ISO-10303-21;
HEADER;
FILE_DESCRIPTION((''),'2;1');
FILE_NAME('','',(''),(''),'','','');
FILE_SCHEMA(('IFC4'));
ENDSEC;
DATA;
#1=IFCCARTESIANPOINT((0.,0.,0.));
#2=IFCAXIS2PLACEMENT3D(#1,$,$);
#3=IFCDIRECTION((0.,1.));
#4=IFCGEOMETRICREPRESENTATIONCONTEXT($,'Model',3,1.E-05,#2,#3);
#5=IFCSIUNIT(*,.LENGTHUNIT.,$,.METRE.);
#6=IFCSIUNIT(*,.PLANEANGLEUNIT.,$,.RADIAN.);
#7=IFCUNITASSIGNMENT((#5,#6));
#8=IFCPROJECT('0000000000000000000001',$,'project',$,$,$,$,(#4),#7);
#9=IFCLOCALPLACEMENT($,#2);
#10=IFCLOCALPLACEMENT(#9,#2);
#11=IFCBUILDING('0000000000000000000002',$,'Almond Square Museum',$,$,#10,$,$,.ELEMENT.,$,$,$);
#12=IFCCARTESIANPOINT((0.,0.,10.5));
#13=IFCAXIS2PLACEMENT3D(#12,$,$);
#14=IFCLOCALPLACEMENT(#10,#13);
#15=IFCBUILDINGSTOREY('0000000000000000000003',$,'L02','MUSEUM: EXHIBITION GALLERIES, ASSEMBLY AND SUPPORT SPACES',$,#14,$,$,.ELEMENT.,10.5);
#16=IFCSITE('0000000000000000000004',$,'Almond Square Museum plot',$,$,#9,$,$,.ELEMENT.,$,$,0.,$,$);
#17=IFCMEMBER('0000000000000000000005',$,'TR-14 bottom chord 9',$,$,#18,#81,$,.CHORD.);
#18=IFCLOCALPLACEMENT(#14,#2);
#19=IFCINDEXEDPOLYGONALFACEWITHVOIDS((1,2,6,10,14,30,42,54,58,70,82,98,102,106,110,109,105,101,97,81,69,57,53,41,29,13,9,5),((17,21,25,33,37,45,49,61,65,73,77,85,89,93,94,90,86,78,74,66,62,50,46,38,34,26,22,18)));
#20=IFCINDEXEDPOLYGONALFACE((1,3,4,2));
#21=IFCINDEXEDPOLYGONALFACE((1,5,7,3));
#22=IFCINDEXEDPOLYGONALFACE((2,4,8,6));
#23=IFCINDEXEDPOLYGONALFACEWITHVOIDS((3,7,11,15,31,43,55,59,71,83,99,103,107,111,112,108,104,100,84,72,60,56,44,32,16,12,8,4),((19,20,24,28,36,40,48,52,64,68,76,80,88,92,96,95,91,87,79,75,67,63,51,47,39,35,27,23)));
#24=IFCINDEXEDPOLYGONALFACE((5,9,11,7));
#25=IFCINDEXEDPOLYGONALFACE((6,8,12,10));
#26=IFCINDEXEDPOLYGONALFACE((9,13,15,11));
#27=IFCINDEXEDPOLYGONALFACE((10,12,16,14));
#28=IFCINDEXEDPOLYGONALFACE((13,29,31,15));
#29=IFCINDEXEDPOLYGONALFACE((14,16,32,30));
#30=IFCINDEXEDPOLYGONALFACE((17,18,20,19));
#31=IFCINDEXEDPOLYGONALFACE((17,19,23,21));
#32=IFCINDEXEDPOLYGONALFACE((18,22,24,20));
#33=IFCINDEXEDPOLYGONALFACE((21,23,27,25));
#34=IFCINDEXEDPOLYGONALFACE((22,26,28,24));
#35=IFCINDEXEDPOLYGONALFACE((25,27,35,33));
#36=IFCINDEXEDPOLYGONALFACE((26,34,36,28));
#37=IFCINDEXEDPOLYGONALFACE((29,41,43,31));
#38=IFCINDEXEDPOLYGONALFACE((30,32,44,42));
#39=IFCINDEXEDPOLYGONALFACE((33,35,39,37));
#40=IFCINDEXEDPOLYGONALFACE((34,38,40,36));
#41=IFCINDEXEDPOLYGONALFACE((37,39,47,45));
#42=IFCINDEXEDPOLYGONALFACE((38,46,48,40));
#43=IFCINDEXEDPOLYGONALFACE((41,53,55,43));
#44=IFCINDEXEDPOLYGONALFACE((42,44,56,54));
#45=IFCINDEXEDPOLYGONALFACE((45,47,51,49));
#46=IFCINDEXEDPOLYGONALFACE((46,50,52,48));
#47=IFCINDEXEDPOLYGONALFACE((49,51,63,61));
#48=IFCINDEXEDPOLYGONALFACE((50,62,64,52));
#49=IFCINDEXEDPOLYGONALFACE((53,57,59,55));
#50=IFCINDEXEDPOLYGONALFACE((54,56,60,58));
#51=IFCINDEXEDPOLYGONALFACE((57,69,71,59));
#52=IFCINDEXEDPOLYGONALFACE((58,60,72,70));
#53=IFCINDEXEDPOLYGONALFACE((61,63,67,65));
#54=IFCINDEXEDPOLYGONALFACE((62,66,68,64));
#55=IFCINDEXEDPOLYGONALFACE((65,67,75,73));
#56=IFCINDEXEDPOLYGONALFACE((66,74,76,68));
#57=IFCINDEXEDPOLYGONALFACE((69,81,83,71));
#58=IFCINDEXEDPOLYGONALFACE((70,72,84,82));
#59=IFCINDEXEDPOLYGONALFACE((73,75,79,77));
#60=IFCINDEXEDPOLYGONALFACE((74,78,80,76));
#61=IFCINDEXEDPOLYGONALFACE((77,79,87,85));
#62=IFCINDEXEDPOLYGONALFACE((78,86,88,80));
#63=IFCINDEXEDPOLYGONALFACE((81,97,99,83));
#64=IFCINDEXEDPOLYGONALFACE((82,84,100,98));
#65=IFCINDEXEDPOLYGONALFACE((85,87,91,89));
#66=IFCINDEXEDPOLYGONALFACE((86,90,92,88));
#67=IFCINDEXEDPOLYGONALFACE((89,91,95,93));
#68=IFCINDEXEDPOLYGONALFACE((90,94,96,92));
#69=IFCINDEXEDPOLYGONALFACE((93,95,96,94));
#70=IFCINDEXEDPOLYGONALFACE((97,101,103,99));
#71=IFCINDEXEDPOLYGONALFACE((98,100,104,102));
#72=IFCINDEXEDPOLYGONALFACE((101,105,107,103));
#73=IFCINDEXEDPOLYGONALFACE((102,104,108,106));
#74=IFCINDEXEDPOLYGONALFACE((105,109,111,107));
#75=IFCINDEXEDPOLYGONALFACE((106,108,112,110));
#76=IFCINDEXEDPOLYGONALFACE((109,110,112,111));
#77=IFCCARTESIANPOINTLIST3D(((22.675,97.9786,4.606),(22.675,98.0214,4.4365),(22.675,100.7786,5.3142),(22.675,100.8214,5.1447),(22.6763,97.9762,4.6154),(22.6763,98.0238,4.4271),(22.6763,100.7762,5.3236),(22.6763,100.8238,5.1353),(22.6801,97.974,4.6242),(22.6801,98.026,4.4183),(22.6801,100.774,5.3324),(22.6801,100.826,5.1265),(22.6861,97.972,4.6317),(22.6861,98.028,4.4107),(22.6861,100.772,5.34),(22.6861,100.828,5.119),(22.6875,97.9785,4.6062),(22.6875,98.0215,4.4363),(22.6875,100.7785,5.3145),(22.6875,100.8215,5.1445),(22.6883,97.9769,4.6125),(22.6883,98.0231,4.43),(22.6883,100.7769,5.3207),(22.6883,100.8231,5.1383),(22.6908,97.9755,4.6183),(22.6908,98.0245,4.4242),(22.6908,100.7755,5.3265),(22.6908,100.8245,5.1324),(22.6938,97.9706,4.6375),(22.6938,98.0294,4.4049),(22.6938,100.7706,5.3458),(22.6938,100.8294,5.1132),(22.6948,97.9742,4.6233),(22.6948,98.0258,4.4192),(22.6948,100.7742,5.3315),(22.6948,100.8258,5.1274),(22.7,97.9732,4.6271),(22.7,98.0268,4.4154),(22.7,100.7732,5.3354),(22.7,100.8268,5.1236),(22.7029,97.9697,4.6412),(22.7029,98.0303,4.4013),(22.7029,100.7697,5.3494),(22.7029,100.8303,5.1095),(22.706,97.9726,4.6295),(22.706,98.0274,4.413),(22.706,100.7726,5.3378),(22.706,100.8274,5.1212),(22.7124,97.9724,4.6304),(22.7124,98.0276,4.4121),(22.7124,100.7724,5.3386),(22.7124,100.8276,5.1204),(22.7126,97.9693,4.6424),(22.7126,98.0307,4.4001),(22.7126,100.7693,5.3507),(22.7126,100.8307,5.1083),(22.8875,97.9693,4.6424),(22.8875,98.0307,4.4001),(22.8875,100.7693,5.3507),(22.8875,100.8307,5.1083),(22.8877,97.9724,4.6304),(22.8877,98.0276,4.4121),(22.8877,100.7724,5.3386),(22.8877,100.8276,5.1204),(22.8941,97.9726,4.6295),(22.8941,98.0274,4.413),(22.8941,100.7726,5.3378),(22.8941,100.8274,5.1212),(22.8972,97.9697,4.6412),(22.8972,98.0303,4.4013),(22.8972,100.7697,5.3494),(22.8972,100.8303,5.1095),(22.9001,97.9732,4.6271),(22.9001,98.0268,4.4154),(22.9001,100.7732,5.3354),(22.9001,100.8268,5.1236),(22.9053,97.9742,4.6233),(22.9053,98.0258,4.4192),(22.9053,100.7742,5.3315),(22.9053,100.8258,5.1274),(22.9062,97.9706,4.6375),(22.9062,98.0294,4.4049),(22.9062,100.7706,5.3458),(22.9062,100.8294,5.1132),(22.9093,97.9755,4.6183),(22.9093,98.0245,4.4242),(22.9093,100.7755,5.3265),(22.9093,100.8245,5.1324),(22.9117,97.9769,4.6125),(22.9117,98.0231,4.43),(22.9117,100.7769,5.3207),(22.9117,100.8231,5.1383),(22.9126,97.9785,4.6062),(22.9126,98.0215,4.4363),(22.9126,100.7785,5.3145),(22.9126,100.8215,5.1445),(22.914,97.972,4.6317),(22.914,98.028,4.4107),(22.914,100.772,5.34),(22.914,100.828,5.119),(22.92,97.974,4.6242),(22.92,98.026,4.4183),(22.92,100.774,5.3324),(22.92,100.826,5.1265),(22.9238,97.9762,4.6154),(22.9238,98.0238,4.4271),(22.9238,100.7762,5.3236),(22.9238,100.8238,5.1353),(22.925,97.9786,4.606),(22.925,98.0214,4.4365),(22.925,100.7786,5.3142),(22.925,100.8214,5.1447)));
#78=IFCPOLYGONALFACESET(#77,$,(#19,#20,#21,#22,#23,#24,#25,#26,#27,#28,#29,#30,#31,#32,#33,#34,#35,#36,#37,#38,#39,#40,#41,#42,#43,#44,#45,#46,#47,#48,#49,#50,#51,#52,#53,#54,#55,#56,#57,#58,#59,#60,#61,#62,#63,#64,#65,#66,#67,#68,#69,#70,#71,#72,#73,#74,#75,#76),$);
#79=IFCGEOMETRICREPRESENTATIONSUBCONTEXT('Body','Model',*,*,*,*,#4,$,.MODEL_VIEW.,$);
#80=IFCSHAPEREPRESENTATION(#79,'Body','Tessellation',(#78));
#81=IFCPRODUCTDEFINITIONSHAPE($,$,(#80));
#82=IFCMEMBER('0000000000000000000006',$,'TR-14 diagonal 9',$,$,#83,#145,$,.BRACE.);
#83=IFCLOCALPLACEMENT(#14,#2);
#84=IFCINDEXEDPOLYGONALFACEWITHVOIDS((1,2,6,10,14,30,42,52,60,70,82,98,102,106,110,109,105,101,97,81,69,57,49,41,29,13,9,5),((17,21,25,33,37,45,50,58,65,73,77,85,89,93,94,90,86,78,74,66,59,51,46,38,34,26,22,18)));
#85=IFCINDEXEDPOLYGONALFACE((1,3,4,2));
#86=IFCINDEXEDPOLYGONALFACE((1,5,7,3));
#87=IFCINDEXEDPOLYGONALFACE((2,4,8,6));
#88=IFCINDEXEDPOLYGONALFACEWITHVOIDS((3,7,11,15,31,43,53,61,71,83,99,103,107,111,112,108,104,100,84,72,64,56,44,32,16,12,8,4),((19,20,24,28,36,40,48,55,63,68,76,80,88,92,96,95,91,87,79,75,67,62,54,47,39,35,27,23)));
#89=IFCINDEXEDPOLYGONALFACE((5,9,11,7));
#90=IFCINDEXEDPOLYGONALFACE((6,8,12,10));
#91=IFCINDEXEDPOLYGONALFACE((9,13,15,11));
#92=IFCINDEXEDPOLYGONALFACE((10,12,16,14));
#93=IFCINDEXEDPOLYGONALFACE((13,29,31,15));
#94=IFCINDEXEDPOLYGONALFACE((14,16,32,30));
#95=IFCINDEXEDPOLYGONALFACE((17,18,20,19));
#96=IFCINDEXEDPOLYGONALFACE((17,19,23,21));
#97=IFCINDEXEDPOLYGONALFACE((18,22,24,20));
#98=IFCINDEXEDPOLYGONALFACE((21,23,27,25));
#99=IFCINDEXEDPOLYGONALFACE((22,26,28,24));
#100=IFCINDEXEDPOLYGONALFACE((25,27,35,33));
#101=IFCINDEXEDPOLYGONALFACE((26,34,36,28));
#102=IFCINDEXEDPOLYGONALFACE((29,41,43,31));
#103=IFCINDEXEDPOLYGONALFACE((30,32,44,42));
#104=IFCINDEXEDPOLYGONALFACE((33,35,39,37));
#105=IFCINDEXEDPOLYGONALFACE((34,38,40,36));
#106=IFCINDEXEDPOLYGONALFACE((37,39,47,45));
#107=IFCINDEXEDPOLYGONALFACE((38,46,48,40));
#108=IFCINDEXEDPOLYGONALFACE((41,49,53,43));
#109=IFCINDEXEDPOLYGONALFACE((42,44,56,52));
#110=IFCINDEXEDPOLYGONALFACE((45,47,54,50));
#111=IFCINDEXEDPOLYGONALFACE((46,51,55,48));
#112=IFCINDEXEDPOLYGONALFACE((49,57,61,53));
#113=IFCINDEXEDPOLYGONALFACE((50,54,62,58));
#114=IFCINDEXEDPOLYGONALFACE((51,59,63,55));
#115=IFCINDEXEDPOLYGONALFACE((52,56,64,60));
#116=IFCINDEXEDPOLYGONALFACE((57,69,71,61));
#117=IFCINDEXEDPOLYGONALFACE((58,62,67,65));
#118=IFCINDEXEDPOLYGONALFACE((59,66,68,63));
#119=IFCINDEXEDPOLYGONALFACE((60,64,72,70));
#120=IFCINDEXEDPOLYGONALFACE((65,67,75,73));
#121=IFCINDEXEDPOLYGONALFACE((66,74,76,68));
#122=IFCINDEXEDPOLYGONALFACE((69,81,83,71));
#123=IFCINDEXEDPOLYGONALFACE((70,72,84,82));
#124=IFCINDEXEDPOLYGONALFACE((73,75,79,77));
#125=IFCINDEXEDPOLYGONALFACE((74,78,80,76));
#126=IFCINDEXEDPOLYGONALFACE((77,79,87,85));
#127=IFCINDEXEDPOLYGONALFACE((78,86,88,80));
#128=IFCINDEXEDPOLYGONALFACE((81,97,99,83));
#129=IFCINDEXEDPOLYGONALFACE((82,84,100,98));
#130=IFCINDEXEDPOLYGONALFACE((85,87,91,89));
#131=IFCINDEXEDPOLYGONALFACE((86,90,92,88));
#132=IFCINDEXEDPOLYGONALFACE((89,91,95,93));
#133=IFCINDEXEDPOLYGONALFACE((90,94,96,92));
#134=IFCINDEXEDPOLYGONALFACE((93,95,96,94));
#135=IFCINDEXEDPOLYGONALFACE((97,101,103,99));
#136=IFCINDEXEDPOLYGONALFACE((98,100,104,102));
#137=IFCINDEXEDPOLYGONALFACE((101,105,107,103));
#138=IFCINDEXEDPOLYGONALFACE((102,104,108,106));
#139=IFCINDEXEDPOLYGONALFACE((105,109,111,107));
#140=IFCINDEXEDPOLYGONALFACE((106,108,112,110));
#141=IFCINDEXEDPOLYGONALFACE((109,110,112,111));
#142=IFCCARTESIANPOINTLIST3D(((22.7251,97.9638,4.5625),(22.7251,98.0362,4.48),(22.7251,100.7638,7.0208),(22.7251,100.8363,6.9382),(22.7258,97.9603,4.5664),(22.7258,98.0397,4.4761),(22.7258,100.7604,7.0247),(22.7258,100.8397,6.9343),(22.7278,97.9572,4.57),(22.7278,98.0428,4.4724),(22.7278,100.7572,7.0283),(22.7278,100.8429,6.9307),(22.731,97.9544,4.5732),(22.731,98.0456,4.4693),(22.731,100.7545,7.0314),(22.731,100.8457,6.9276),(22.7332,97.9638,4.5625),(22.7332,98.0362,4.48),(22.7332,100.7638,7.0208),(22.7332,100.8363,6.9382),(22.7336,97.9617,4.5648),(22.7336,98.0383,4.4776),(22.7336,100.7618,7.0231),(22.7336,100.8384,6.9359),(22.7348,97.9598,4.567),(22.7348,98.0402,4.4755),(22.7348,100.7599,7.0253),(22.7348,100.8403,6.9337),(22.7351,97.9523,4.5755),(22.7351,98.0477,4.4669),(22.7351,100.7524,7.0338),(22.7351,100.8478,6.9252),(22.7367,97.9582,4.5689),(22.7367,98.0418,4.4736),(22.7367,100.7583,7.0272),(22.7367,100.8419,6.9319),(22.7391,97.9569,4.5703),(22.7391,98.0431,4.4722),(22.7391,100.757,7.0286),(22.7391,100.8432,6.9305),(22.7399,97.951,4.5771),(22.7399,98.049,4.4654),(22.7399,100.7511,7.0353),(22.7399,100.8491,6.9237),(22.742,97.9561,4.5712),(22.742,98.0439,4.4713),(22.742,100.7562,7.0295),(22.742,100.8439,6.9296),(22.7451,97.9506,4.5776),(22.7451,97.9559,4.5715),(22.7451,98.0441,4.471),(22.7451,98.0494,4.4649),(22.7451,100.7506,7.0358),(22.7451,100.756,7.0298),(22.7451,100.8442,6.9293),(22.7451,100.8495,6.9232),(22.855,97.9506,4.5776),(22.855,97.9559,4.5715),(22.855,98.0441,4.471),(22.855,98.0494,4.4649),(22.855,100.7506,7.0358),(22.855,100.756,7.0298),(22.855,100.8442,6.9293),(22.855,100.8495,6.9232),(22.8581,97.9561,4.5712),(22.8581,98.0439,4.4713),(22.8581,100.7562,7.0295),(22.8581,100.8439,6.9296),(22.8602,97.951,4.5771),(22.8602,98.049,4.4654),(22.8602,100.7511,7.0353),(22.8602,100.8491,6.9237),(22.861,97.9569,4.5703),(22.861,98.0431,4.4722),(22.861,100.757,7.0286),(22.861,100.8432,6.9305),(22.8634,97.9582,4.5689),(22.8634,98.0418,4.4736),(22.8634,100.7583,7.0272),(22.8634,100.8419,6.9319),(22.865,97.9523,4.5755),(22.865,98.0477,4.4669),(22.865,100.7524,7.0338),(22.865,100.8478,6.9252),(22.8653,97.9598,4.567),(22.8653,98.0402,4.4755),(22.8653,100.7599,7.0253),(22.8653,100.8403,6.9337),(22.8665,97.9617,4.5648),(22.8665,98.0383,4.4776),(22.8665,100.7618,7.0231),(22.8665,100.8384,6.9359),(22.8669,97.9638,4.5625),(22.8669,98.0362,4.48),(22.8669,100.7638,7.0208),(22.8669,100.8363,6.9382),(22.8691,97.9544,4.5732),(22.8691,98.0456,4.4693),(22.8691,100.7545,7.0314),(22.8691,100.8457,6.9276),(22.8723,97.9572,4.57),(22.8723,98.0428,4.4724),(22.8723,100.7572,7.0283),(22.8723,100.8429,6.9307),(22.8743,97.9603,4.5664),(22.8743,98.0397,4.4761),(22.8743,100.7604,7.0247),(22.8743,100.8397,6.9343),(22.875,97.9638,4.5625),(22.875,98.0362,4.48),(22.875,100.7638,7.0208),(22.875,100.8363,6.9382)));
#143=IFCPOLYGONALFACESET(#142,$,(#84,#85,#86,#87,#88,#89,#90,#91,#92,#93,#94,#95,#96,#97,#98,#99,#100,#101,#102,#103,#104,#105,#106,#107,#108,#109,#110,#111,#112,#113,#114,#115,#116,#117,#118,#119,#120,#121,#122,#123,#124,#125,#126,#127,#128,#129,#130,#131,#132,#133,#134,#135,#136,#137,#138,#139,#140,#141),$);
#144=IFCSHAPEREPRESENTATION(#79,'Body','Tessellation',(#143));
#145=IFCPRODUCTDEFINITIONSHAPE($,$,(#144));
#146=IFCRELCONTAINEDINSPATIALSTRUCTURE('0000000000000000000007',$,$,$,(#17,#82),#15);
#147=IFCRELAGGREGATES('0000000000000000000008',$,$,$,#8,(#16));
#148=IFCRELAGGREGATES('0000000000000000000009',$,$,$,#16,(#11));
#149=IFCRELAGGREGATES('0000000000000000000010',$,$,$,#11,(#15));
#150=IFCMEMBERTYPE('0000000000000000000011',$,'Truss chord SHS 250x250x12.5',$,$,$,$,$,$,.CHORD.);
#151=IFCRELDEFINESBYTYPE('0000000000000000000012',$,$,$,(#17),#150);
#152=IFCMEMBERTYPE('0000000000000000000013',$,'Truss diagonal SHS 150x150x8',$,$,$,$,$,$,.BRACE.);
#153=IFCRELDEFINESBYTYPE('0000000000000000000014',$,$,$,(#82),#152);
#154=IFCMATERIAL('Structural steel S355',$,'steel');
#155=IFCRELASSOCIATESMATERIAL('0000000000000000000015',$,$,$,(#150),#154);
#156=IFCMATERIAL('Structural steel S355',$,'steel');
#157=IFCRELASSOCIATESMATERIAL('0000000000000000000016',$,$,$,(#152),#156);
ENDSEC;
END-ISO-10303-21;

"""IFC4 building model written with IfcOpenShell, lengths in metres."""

from ifc_helpers import new_model, si_unit, direction, frame, origin, origin_2d, place, context, subcontext, project, spatial, hollow_rectangle, extrude, material, material_profile, profile_set, type_object, element, save


model = new_model("IFC4")

# Units and contexts
model_context = context("Model", 3, precision=1e-05, world=origin(), true_north=direction((0.0, 1.0)))
body_context = subcontext(model_context, "Body", "Model", "MODEL_VIEW")
ifc_project = project(units=[si_unit("LENGTHUNIT", "METRE"), si_unit("PLANEANGLEUNIT", "RADIAN")], contexts=[model_context])

# Site, building, storey
site_placement = place(None, origin())
site = spatial("IfcSite", under=ifc_project, at=site_placement, Name="Almond Square Museum plot", CompositionType="ELEMENT", RefElevation=0.0)
building_placement = place(site_placement, origin())
building = spatial("IfcBuilding", under=site, at=building_placement, Name="Almond Square Museum", CompositionType="ELEMENT")
storey_placement = place(building_placement, frame((0.0, 0.0, 10.5)))
storey = spatial("IfcBuildingStorey", under=building, at=storey_placement, Name="L02", Description="MUSEUM: EXHIBITION GALLERIES, ASSEMBLY AND SUPPORT SPACES", CompositionType="ELEMENT", Elevation=10.5)

# Members
ifc_material_1 = material(Name="Structural steel S355", Category="steel")
ifc_material_profile_1 = material_profile(ifc_material_1, hollow_rectangle(XDim=0.25, YDim=0.25, WallThickness=0.0125, InnerFilletRadius=0.0249, OuterFilletRadius=0.0376, at=origin_2d()))
ifc_profile_set_1 = profile_set([ifc_material_profile_1], Name="Structural steel S355")
member_type_1 = type_object("IfcMemberType", Name="Truss chord SHS 250x250x12.5", PredefinedType="CHORD", material=ifc_profile_set_1)
for number, where, z_axis, x_axis, name in (
    (1, (22.8, 98.0, 4.5212), (0.0, 0.969468, 0.24522), (-1.0, 0.0, 0.0), "TR-14 bottom chord 9"),
):
    element("IfcMember", number, at=place(storey_placement, frame(where, z_axis=z_axis, x_axis=x_axis)), inside=storey, type_object=member_type_1, Name=name, PredefinedType="CHORD", context=body_context, shape_type="SweptSolid", body=[
        extrude(hollow_rectangle(XDim=0.25, YDim=0.25, WallThickness=0.0125, InnerFilletRadius=0.0249, OuterFilletRadius=0.0376, at=origin_2d()), origin(), (0.0, 0.0, 1.0), 2.8882),
    ])
ifc_material_2 = material(Name="Structural steel S355", Category="steel")
ifc_material_profile_2 = material_profile(ifc_material_2, hollow_rectangle(XDim=0.1499, YDim=0.1499, WallThickness=0.0081, InnerFilletRadius=0.012, OuterFilletRadius=0.02, at=origin_2d()))
ifc_profile_set_2 = profile_set([ifc_material_profile_2], Name="Structural steel S355")
member_type_2 = type_object("IfcMemberType", Name="Truss diagonal SHS 150x150x8", PredefinedType="BRACE", material=ifc_profile_set_2)
for number, where, z_axis, x_axis, name in (
    (2, (22.8, 98.0, 4.5212), (0.0, 0.751484, 0.659752), (-1.0, 0.0, 0.0), "TR-14 diagonal 9"),
):
    element("IfcMember", number, at=place(storey_placement, frame(where, z_axis=z_axis, x_axis=x_axis)), inside=storey, type_object=member_type_2, Name=name, PredefinedType="BRACE", context=body_context, shape_type="SweptSolid", body=[
        extrude(hollow_rectangle(XDim=0.1499, YDim=0.1499, WallThickness=0.0081, InnerFilletRadius=0.012, OuterFilletRadius=0.02, at=origin_2d()), origin(), (0.0, 0.0, 1.0), 3.7261),
    ])

save(model, "model.ifc")
